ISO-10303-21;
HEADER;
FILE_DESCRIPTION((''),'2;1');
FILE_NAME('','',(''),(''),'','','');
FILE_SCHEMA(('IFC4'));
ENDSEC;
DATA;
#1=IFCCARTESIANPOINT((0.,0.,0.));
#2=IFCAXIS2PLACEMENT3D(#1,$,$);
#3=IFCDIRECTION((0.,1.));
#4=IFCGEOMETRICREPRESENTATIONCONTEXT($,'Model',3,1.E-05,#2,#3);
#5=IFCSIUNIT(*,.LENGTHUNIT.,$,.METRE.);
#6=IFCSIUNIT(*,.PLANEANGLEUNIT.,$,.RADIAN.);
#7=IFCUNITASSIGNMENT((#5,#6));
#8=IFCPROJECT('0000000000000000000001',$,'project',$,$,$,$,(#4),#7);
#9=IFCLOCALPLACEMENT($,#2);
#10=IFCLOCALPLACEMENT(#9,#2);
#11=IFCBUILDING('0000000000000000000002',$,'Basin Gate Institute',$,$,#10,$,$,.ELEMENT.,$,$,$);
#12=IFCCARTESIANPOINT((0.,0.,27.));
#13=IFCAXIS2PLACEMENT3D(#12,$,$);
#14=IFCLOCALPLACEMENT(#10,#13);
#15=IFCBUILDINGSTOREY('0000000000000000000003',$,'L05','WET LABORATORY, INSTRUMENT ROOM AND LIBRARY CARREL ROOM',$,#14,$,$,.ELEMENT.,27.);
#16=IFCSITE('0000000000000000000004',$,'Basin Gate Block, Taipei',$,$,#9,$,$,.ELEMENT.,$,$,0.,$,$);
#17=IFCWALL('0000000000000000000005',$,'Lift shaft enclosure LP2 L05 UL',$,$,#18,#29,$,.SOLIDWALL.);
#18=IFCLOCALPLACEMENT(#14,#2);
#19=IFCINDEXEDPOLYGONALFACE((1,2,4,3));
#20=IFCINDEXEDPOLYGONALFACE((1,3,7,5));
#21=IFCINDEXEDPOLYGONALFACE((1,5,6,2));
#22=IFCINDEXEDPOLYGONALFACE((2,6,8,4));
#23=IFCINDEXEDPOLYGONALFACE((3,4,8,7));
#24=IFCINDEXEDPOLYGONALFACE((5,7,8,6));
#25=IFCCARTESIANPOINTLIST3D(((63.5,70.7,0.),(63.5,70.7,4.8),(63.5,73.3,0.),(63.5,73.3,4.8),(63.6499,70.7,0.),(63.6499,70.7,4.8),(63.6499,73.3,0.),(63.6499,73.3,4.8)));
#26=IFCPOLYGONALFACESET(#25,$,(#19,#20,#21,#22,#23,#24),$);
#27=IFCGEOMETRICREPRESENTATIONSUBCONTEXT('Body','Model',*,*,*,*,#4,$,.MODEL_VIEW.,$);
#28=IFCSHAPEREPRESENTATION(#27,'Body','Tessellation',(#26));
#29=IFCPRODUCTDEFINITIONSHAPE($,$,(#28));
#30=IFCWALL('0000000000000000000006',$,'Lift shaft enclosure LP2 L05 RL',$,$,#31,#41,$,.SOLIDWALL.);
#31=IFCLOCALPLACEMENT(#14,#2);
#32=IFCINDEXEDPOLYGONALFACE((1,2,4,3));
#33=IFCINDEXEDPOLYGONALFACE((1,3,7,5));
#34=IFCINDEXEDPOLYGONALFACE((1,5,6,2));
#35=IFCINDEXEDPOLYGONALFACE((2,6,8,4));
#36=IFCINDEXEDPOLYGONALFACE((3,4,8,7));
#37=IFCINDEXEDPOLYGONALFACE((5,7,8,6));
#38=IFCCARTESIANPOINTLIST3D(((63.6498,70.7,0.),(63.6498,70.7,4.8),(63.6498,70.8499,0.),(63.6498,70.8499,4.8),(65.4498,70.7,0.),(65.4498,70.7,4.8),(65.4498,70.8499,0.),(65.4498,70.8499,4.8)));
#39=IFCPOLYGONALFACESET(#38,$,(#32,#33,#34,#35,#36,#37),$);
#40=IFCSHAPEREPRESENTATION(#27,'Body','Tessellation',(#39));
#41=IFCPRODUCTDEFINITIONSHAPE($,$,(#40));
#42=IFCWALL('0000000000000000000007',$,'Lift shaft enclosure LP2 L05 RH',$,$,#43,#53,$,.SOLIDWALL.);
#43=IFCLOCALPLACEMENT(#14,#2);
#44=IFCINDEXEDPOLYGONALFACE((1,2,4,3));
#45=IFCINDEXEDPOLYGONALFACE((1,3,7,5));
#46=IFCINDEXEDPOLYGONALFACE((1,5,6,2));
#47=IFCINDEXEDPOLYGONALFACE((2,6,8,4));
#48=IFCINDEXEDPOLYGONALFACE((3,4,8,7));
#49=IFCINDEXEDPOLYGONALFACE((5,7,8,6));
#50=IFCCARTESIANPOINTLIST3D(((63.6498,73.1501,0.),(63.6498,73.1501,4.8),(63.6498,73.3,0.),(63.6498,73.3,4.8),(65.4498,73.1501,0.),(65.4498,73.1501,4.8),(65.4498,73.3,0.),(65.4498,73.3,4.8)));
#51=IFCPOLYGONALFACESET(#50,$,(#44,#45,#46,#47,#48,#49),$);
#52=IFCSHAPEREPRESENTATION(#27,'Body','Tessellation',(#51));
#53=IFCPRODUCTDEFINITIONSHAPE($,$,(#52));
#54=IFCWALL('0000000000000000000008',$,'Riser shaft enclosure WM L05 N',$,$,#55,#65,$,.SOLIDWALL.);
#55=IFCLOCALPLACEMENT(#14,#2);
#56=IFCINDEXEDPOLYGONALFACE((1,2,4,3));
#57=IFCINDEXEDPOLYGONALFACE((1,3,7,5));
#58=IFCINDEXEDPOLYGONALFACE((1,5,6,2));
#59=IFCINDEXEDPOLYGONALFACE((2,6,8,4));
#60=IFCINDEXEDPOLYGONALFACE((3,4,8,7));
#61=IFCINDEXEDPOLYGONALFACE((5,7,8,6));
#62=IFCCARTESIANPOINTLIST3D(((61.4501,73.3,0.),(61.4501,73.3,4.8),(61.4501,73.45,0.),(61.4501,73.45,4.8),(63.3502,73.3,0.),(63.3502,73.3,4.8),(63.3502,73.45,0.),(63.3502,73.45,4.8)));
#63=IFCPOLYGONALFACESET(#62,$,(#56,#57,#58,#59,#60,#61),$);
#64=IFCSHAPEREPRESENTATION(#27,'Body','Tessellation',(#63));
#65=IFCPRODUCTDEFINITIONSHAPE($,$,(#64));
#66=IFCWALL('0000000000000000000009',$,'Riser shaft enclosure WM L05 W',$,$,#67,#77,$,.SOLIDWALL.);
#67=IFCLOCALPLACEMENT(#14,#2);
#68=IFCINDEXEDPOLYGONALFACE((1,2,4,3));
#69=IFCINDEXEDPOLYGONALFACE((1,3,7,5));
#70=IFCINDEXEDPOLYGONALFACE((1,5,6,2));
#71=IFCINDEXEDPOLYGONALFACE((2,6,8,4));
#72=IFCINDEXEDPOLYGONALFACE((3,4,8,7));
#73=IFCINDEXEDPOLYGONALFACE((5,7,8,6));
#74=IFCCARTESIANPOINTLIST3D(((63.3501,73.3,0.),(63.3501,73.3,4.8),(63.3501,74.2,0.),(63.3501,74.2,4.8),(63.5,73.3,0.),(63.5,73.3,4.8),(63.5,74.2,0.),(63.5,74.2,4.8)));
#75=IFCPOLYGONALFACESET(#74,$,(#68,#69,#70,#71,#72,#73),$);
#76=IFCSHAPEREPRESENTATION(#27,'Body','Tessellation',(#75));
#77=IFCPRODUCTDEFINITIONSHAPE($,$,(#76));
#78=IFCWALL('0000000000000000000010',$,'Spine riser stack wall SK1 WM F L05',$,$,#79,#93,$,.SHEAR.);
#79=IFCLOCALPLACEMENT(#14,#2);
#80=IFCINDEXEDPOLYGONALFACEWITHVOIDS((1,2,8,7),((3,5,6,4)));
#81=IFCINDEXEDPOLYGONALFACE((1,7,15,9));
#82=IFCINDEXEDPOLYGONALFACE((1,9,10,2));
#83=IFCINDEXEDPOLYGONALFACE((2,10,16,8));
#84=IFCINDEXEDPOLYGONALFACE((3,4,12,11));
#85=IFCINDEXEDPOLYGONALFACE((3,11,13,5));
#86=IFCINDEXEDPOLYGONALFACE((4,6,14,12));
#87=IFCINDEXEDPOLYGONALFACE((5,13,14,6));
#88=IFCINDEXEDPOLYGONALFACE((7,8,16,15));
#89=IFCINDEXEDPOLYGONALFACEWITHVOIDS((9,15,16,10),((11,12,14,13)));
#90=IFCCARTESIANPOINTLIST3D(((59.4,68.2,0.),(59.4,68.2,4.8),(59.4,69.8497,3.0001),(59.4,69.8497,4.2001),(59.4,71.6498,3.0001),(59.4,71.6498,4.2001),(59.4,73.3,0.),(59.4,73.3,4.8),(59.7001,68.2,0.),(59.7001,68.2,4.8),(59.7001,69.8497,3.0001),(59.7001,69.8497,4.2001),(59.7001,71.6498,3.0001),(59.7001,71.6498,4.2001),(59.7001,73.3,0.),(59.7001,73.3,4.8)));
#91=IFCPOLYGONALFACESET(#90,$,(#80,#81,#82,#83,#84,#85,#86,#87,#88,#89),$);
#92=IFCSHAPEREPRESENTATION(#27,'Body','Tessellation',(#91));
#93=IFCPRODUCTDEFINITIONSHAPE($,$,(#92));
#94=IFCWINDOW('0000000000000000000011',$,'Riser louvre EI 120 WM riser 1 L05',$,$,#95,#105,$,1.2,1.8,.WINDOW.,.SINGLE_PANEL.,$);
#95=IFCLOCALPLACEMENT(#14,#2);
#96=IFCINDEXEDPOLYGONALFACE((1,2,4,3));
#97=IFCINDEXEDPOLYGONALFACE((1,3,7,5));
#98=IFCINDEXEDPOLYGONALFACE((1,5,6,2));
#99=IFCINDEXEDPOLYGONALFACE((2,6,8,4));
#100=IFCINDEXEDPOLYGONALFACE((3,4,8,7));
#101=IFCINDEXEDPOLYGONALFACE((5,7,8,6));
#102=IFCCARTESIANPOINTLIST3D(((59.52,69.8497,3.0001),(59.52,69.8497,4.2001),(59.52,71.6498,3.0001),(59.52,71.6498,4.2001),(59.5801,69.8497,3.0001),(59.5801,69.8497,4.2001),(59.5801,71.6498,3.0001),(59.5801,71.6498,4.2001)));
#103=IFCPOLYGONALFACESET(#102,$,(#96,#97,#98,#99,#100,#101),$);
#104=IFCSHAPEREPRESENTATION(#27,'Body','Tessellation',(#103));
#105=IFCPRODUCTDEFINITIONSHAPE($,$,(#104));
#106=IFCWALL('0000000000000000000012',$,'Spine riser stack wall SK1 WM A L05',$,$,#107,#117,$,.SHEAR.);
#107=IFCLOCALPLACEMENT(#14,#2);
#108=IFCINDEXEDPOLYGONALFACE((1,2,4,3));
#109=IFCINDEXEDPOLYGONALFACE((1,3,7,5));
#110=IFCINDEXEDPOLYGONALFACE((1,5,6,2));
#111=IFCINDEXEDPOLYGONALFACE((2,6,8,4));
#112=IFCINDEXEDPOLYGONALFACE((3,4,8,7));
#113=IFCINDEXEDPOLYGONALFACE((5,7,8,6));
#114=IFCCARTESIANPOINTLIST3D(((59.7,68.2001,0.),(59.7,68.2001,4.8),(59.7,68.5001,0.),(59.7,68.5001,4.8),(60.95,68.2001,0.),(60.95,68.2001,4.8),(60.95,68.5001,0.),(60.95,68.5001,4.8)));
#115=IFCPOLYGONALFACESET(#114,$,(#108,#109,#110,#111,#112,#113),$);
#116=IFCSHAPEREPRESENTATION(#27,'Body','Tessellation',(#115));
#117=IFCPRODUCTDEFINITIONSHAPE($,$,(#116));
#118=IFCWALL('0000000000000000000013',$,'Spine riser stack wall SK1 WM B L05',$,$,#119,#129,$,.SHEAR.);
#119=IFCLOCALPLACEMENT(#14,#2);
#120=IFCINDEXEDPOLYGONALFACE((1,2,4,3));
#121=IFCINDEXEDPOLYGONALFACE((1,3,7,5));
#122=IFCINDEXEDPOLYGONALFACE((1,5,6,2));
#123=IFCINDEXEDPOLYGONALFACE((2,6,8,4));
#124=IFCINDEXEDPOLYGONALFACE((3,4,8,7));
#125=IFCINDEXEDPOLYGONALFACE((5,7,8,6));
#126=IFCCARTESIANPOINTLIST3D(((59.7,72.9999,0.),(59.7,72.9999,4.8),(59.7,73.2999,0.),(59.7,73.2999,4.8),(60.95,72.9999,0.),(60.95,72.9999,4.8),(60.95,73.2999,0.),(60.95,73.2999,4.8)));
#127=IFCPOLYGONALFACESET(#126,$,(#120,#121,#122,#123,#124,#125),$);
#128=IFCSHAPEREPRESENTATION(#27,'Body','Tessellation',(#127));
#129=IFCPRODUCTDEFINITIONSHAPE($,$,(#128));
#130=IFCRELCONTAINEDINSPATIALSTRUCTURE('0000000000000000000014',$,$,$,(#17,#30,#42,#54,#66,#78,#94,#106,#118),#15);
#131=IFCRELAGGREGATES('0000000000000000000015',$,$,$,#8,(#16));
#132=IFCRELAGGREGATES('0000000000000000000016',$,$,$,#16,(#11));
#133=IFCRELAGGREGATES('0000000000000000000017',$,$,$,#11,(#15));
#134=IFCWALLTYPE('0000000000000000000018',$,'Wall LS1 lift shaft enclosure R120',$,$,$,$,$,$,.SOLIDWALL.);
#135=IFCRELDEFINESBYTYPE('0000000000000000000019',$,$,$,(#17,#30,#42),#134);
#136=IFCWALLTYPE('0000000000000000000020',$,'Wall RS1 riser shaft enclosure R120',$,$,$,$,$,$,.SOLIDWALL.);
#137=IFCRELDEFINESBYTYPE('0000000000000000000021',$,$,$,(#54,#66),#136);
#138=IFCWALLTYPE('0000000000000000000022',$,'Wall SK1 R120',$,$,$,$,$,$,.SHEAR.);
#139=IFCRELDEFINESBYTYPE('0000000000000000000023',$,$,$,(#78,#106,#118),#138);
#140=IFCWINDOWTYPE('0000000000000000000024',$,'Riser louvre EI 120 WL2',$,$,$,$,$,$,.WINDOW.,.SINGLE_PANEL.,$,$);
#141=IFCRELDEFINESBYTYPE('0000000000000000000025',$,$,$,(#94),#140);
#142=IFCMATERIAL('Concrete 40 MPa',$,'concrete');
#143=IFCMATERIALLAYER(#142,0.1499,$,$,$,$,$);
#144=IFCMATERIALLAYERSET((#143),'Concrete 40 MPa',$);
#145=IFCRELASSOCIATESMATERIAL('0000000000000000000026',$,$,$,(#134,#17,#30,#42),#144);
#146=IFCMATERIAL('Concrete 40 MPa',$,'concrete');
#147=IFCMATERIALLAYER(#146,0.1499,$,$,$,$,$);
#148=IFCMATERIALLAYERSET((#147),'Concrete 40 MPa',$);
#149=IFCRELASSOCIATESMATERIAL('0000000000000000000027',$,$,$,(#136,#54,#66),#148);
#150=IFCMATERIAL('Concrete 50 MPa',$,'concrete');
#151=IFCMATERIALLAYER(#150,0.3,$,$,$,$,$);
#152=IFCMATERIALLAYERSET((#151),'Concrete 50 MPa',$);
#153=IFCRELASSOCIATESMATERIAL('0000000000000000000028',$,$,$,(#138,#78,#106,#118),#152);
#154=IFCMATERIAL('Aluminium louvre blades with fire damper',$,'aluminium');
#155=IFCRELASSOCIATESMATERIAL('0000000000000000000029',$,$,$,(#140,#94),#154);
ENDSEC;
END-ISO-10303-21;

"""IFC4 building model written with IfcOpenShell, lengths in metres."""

from ifc_helpers import new_model, si_unit, direction, frame, frame_2d, origin, place, context, subcontext, project, spatial, rectangle, extrude, material, layer, layer_set, type_object, element, fill, save


model = new_model("IFC4")

# Units and contexts
model_context = context("Model", 3, precision=1e-05, world=origin(), true_north=direction((0.0, 1.0)))
body_context = subcontext(model_context, "Body", "Model", "MODEL_VIEW")
ifc_project = project(units=[si_unit("LENGTHUNIT", "METRE"), si_unit("PLANEANGLEUNIT", "RADIAN")], contexts=[model_context])

# Site, building, storey
site_placement = place(None, origin())
site = spatial("IfcSite", under=ifc_project, at=site_placement, Name="Basin Gate Block, Taipei", CompositionType="ELEMENT", RefElevation=0.0)
building_placement = place(site_placement, origin())
building = spatial("IfcBuilding", under=site, at=building_placement, Name="Basin Gate Institute", CompositionType="ELEMENT")
storey_placement = place(building_placement, frame((0.0, 0.0, 27.0)))
storey = spatial("IfcBuildingStorey", under=building, at=storey_placement, Name="L05", Description="WET LABORATORY, INSTRUMENT ROOM AND LIBRARY CARREL ROOM", CompositionType="ELEMENT", Elevation=27.0)

# Walls
ifc_material_1 = material(Name="Concrete 40 MPa", Category="concrete")
ifc_layer_1 = layer(ifc_material_1, 0.1499)
ifc_layer_set_1 = layer_set([ifc_layer_1], Name="Concrete 40 MPa")
wall_type_1 = type_object("IfcWallType", Name="Wall LS1 lift shaft enclosure R120", PredefinedType="SOLIDWALL", material=ifc_layer_set_1)
wall_1_placement = place(storey_placement, frame((63.575, 70.7, 0.0), z_axis=(0.0, 0.0, 1.0), x_axis=(0.0, 1.0, 0.0)))
element("IfcWall", 1, at=wall_1_placement, inside=storey, type_object=wall_type_1, material=ifc_layer_set_1, Name="Lift shaft enclosure LP2 L05 UL", PredefinedType="SOLIDWALL", context=body_context, shape_type="SweptSolid", body=[
    extrude(rectangle(XDim=2.6001, YDim=0.1499, at=frame_2d((1.3, 0.0))), origin(), (0.0, 0.0, 1.0), 4.8),
])
for number, where, z_axis, x_axis, name in (
    (2, (63.6499, 70.7749, 0.0), (0.0, 0.0, 1.0), (1.0, 0.0, 0.0), "Lift shaft enclosure LP2 L05 RL"),
    (3, (63.6499, 73.2251, 0.0), (0.0, 0.0, 1.0), (1.0, 0.0, 0.0), "Lift shaft enclosure LP2 L05 RH"),
):
    element("IfcWall", number, at=place(storey_placement, frame(where, z_axis=z_axis, x_axis=x_axis)), inside=storey, type_object=wall_type_1, material=ifc_layer_set_1, Name=name, PredefinedType="SOLIDWALL", context=body_context, shape_type="SweptSolid", body=[
        extrude(rectangle(XDim=1.8, YDim=0.1499, at=frame_2d((0.8999, 0.0))), origin(), (0.0, 0.0, 1.0), 4.8),
    ])
ifc_material_2 = material(Name="Concrete 40 MPa", Category="concrete")
ifc_layer_2 = layer(ifc_material_2, 0.1499)
ifc_layer_set_2 = layer_set([ifc_layer_2], Name="Concrete 40 MPa")
wall_type_2 = type_object("IfcWallType", Name="Wall RS1 riser shaft enclosure R120", PredefinedType="SOLIDWALL", material=ifc_layer_set_2)
wall_2_placement = place(storey_placement, frame((61.45, 73.375, 0.0), z_axis=(0.0, 0.0, 1.0), x_axis=(1.0, 0.0, 0.0)))
element("IfcWall", 4, at=wall_2_placement, inside=storey, type_object=wall_type_2, material=ifc_layer_set_2, Name="Riser shaft enclosure WM L05 N", PredefinedType="SOLIDWALL", context=body_context, shape_type="SweptSolid", body=[
    extrude(rectangle(XDim=1.9001, YDim=0.1499, at=frame_2d((0.9502, 0.0))), origin(), (0.0, 0.0, 1.0), 4.8),
])
wall_3_placement = place(storey_placement, frame((63.425, 73.3, 0.0), z_axis=(0.0, 0.0, 1.0), x_axis=(0.0, 1.0, 0.0)))
element("IfcWall", 5, at=wall_3_placement, inside=storey, type_object=wall_type_2, material=ifc_layer_set_2, Name="Riser shaft enclosure WM L05 W", PredefinedType="SOLIDWALL", context=body_context, shape_type="SweptSolid", body=[
    extrude(rectangle(XDim=0.8999, YDim=0.1499, at=frame_2d((0.45, 0.0))), origin(), (0.0, 0.0, 1.0), 4.8),
])

# Wall, opening, window
ifc_material_3 = material(Name="Concrete 50 MPa", Category="concrete")
ifc_layer_3 = layer(ifc_material_3, 0.3)
ifc_layer_set_3 = layer_set([ifc_layer_3], Name="Concrete 50 MPa")
wall_type_3 = type_object("IfcWallType", Name="Wall SK1 R120", PredefinedType="SHEAR", material=ifc_layer_set_3)
wall_4_placement = place(storey_placement, frame((59.55, 68.2, 0.0), z_axis=(0.0, 0.0, 1.0), x_axis=(0.0, 1.0, 0.0)))
wall_4 = element("IfcWall", 6, at=wall_4_placement, inside=storey, type_object=wall_type_3, material=ifc_layer_set_3, Name="Spine riser stack wall SK1 WM F L05", PredefinedType="SHEAR", context=body_context, shape_type="SweptSolid", body=[
    extrude(rectangle(XDim=5.1001, YDim=0.3, at=frame_2d((2.55, 0.0))), origin(), (0.0, 0.0, 1.0), 4.8),
])
opening_placement = place(wall_4_placement, frame((1.6499, 0.0, 3.0)))
opening = element("IfcOpeningElement", 7, at=opening_placement, cuts=wall_4, PredefinedType="OPENING", context=body_context, shape_type="SweptSolid", body=[
    extrude(rectangle(XDim=1.8, YDim=1.2, at=frame_2d((0.8999, 0.6001))), frame((0.0, 0.1602, 0.0), z_axis=(0.0, -1.0, 0.0), x_axis=(1.0, 0.0, 0.0)), (0.0, 0.0, 1.0), 0.3201),
])
ifc_material_4 = material(Name="Aluminium louvre blades with fire damper", Category="aluminium")
window_type = type_object("IfcWindowType", Name="Riser louvre EI 120 WL2", PartitioningType="SINGLE_PANEL", PredefinedType="WINDOW", material=ifc_material_4)
window_placement = place(opening_placement, origin())
window = element("IfcWindow", 8, at=window_placement, inside=storey, type_object=window_type, material=ifc_material_4, Name="Riser louvre EI 120 WM riser 1 L05", OverallHeight=1.2, OverallWidth=1.8, PartitioningType="SINGLE_PANEL", PredefinedType="WINDOW", context=body_context, shape_type="SweptSolid", body=[
    extrude(rectangle(XDim=1.8, YDim=1.2, at=frame_2d((0.8999, 0.6001))), frame((0.0, 0.03, 0.0), z_axis=(0.0, -1.0, 0.0), x_axis=(1.0, 0.0, 0.0)), (0.0, 0.0, 1.0), 0.0601),
])
fill(opening, window)

# Walls
for number, where, z_axis, x_axis, name in (
    (9, (60.95, 68.3501, 0.0), (0.0, 0.0, 1.0), (-1.0, 0.0, 0.0), "Spine riser stack wall SK1 WM A L05"),
    (10, (60.95, 73.1499, 0.0), (0.0, 0.0, 1.0), (-1.0, 0.0, 0.0), "Spine riser stack wall SK1 WM B L05"),
):
    element("IfcWall", number, at=place(storey_placement, frame(where, z_axis=z_axis, x_axis=x_axis)), inside=storey, type_object=wall_type_3, material=ifc_layer_set_3, Name=name, PredefinedType="SHEAR", context=body_context, shape_type="SweptSolid", body=[
        extrude(rectangle(XDim=1.25, YDim=0.3, at=frame_2d((0.625, 0.0))), origin(), (0.0, 0.0, 1.0), 4.8),
    ])

save(model, "model.ifc")
